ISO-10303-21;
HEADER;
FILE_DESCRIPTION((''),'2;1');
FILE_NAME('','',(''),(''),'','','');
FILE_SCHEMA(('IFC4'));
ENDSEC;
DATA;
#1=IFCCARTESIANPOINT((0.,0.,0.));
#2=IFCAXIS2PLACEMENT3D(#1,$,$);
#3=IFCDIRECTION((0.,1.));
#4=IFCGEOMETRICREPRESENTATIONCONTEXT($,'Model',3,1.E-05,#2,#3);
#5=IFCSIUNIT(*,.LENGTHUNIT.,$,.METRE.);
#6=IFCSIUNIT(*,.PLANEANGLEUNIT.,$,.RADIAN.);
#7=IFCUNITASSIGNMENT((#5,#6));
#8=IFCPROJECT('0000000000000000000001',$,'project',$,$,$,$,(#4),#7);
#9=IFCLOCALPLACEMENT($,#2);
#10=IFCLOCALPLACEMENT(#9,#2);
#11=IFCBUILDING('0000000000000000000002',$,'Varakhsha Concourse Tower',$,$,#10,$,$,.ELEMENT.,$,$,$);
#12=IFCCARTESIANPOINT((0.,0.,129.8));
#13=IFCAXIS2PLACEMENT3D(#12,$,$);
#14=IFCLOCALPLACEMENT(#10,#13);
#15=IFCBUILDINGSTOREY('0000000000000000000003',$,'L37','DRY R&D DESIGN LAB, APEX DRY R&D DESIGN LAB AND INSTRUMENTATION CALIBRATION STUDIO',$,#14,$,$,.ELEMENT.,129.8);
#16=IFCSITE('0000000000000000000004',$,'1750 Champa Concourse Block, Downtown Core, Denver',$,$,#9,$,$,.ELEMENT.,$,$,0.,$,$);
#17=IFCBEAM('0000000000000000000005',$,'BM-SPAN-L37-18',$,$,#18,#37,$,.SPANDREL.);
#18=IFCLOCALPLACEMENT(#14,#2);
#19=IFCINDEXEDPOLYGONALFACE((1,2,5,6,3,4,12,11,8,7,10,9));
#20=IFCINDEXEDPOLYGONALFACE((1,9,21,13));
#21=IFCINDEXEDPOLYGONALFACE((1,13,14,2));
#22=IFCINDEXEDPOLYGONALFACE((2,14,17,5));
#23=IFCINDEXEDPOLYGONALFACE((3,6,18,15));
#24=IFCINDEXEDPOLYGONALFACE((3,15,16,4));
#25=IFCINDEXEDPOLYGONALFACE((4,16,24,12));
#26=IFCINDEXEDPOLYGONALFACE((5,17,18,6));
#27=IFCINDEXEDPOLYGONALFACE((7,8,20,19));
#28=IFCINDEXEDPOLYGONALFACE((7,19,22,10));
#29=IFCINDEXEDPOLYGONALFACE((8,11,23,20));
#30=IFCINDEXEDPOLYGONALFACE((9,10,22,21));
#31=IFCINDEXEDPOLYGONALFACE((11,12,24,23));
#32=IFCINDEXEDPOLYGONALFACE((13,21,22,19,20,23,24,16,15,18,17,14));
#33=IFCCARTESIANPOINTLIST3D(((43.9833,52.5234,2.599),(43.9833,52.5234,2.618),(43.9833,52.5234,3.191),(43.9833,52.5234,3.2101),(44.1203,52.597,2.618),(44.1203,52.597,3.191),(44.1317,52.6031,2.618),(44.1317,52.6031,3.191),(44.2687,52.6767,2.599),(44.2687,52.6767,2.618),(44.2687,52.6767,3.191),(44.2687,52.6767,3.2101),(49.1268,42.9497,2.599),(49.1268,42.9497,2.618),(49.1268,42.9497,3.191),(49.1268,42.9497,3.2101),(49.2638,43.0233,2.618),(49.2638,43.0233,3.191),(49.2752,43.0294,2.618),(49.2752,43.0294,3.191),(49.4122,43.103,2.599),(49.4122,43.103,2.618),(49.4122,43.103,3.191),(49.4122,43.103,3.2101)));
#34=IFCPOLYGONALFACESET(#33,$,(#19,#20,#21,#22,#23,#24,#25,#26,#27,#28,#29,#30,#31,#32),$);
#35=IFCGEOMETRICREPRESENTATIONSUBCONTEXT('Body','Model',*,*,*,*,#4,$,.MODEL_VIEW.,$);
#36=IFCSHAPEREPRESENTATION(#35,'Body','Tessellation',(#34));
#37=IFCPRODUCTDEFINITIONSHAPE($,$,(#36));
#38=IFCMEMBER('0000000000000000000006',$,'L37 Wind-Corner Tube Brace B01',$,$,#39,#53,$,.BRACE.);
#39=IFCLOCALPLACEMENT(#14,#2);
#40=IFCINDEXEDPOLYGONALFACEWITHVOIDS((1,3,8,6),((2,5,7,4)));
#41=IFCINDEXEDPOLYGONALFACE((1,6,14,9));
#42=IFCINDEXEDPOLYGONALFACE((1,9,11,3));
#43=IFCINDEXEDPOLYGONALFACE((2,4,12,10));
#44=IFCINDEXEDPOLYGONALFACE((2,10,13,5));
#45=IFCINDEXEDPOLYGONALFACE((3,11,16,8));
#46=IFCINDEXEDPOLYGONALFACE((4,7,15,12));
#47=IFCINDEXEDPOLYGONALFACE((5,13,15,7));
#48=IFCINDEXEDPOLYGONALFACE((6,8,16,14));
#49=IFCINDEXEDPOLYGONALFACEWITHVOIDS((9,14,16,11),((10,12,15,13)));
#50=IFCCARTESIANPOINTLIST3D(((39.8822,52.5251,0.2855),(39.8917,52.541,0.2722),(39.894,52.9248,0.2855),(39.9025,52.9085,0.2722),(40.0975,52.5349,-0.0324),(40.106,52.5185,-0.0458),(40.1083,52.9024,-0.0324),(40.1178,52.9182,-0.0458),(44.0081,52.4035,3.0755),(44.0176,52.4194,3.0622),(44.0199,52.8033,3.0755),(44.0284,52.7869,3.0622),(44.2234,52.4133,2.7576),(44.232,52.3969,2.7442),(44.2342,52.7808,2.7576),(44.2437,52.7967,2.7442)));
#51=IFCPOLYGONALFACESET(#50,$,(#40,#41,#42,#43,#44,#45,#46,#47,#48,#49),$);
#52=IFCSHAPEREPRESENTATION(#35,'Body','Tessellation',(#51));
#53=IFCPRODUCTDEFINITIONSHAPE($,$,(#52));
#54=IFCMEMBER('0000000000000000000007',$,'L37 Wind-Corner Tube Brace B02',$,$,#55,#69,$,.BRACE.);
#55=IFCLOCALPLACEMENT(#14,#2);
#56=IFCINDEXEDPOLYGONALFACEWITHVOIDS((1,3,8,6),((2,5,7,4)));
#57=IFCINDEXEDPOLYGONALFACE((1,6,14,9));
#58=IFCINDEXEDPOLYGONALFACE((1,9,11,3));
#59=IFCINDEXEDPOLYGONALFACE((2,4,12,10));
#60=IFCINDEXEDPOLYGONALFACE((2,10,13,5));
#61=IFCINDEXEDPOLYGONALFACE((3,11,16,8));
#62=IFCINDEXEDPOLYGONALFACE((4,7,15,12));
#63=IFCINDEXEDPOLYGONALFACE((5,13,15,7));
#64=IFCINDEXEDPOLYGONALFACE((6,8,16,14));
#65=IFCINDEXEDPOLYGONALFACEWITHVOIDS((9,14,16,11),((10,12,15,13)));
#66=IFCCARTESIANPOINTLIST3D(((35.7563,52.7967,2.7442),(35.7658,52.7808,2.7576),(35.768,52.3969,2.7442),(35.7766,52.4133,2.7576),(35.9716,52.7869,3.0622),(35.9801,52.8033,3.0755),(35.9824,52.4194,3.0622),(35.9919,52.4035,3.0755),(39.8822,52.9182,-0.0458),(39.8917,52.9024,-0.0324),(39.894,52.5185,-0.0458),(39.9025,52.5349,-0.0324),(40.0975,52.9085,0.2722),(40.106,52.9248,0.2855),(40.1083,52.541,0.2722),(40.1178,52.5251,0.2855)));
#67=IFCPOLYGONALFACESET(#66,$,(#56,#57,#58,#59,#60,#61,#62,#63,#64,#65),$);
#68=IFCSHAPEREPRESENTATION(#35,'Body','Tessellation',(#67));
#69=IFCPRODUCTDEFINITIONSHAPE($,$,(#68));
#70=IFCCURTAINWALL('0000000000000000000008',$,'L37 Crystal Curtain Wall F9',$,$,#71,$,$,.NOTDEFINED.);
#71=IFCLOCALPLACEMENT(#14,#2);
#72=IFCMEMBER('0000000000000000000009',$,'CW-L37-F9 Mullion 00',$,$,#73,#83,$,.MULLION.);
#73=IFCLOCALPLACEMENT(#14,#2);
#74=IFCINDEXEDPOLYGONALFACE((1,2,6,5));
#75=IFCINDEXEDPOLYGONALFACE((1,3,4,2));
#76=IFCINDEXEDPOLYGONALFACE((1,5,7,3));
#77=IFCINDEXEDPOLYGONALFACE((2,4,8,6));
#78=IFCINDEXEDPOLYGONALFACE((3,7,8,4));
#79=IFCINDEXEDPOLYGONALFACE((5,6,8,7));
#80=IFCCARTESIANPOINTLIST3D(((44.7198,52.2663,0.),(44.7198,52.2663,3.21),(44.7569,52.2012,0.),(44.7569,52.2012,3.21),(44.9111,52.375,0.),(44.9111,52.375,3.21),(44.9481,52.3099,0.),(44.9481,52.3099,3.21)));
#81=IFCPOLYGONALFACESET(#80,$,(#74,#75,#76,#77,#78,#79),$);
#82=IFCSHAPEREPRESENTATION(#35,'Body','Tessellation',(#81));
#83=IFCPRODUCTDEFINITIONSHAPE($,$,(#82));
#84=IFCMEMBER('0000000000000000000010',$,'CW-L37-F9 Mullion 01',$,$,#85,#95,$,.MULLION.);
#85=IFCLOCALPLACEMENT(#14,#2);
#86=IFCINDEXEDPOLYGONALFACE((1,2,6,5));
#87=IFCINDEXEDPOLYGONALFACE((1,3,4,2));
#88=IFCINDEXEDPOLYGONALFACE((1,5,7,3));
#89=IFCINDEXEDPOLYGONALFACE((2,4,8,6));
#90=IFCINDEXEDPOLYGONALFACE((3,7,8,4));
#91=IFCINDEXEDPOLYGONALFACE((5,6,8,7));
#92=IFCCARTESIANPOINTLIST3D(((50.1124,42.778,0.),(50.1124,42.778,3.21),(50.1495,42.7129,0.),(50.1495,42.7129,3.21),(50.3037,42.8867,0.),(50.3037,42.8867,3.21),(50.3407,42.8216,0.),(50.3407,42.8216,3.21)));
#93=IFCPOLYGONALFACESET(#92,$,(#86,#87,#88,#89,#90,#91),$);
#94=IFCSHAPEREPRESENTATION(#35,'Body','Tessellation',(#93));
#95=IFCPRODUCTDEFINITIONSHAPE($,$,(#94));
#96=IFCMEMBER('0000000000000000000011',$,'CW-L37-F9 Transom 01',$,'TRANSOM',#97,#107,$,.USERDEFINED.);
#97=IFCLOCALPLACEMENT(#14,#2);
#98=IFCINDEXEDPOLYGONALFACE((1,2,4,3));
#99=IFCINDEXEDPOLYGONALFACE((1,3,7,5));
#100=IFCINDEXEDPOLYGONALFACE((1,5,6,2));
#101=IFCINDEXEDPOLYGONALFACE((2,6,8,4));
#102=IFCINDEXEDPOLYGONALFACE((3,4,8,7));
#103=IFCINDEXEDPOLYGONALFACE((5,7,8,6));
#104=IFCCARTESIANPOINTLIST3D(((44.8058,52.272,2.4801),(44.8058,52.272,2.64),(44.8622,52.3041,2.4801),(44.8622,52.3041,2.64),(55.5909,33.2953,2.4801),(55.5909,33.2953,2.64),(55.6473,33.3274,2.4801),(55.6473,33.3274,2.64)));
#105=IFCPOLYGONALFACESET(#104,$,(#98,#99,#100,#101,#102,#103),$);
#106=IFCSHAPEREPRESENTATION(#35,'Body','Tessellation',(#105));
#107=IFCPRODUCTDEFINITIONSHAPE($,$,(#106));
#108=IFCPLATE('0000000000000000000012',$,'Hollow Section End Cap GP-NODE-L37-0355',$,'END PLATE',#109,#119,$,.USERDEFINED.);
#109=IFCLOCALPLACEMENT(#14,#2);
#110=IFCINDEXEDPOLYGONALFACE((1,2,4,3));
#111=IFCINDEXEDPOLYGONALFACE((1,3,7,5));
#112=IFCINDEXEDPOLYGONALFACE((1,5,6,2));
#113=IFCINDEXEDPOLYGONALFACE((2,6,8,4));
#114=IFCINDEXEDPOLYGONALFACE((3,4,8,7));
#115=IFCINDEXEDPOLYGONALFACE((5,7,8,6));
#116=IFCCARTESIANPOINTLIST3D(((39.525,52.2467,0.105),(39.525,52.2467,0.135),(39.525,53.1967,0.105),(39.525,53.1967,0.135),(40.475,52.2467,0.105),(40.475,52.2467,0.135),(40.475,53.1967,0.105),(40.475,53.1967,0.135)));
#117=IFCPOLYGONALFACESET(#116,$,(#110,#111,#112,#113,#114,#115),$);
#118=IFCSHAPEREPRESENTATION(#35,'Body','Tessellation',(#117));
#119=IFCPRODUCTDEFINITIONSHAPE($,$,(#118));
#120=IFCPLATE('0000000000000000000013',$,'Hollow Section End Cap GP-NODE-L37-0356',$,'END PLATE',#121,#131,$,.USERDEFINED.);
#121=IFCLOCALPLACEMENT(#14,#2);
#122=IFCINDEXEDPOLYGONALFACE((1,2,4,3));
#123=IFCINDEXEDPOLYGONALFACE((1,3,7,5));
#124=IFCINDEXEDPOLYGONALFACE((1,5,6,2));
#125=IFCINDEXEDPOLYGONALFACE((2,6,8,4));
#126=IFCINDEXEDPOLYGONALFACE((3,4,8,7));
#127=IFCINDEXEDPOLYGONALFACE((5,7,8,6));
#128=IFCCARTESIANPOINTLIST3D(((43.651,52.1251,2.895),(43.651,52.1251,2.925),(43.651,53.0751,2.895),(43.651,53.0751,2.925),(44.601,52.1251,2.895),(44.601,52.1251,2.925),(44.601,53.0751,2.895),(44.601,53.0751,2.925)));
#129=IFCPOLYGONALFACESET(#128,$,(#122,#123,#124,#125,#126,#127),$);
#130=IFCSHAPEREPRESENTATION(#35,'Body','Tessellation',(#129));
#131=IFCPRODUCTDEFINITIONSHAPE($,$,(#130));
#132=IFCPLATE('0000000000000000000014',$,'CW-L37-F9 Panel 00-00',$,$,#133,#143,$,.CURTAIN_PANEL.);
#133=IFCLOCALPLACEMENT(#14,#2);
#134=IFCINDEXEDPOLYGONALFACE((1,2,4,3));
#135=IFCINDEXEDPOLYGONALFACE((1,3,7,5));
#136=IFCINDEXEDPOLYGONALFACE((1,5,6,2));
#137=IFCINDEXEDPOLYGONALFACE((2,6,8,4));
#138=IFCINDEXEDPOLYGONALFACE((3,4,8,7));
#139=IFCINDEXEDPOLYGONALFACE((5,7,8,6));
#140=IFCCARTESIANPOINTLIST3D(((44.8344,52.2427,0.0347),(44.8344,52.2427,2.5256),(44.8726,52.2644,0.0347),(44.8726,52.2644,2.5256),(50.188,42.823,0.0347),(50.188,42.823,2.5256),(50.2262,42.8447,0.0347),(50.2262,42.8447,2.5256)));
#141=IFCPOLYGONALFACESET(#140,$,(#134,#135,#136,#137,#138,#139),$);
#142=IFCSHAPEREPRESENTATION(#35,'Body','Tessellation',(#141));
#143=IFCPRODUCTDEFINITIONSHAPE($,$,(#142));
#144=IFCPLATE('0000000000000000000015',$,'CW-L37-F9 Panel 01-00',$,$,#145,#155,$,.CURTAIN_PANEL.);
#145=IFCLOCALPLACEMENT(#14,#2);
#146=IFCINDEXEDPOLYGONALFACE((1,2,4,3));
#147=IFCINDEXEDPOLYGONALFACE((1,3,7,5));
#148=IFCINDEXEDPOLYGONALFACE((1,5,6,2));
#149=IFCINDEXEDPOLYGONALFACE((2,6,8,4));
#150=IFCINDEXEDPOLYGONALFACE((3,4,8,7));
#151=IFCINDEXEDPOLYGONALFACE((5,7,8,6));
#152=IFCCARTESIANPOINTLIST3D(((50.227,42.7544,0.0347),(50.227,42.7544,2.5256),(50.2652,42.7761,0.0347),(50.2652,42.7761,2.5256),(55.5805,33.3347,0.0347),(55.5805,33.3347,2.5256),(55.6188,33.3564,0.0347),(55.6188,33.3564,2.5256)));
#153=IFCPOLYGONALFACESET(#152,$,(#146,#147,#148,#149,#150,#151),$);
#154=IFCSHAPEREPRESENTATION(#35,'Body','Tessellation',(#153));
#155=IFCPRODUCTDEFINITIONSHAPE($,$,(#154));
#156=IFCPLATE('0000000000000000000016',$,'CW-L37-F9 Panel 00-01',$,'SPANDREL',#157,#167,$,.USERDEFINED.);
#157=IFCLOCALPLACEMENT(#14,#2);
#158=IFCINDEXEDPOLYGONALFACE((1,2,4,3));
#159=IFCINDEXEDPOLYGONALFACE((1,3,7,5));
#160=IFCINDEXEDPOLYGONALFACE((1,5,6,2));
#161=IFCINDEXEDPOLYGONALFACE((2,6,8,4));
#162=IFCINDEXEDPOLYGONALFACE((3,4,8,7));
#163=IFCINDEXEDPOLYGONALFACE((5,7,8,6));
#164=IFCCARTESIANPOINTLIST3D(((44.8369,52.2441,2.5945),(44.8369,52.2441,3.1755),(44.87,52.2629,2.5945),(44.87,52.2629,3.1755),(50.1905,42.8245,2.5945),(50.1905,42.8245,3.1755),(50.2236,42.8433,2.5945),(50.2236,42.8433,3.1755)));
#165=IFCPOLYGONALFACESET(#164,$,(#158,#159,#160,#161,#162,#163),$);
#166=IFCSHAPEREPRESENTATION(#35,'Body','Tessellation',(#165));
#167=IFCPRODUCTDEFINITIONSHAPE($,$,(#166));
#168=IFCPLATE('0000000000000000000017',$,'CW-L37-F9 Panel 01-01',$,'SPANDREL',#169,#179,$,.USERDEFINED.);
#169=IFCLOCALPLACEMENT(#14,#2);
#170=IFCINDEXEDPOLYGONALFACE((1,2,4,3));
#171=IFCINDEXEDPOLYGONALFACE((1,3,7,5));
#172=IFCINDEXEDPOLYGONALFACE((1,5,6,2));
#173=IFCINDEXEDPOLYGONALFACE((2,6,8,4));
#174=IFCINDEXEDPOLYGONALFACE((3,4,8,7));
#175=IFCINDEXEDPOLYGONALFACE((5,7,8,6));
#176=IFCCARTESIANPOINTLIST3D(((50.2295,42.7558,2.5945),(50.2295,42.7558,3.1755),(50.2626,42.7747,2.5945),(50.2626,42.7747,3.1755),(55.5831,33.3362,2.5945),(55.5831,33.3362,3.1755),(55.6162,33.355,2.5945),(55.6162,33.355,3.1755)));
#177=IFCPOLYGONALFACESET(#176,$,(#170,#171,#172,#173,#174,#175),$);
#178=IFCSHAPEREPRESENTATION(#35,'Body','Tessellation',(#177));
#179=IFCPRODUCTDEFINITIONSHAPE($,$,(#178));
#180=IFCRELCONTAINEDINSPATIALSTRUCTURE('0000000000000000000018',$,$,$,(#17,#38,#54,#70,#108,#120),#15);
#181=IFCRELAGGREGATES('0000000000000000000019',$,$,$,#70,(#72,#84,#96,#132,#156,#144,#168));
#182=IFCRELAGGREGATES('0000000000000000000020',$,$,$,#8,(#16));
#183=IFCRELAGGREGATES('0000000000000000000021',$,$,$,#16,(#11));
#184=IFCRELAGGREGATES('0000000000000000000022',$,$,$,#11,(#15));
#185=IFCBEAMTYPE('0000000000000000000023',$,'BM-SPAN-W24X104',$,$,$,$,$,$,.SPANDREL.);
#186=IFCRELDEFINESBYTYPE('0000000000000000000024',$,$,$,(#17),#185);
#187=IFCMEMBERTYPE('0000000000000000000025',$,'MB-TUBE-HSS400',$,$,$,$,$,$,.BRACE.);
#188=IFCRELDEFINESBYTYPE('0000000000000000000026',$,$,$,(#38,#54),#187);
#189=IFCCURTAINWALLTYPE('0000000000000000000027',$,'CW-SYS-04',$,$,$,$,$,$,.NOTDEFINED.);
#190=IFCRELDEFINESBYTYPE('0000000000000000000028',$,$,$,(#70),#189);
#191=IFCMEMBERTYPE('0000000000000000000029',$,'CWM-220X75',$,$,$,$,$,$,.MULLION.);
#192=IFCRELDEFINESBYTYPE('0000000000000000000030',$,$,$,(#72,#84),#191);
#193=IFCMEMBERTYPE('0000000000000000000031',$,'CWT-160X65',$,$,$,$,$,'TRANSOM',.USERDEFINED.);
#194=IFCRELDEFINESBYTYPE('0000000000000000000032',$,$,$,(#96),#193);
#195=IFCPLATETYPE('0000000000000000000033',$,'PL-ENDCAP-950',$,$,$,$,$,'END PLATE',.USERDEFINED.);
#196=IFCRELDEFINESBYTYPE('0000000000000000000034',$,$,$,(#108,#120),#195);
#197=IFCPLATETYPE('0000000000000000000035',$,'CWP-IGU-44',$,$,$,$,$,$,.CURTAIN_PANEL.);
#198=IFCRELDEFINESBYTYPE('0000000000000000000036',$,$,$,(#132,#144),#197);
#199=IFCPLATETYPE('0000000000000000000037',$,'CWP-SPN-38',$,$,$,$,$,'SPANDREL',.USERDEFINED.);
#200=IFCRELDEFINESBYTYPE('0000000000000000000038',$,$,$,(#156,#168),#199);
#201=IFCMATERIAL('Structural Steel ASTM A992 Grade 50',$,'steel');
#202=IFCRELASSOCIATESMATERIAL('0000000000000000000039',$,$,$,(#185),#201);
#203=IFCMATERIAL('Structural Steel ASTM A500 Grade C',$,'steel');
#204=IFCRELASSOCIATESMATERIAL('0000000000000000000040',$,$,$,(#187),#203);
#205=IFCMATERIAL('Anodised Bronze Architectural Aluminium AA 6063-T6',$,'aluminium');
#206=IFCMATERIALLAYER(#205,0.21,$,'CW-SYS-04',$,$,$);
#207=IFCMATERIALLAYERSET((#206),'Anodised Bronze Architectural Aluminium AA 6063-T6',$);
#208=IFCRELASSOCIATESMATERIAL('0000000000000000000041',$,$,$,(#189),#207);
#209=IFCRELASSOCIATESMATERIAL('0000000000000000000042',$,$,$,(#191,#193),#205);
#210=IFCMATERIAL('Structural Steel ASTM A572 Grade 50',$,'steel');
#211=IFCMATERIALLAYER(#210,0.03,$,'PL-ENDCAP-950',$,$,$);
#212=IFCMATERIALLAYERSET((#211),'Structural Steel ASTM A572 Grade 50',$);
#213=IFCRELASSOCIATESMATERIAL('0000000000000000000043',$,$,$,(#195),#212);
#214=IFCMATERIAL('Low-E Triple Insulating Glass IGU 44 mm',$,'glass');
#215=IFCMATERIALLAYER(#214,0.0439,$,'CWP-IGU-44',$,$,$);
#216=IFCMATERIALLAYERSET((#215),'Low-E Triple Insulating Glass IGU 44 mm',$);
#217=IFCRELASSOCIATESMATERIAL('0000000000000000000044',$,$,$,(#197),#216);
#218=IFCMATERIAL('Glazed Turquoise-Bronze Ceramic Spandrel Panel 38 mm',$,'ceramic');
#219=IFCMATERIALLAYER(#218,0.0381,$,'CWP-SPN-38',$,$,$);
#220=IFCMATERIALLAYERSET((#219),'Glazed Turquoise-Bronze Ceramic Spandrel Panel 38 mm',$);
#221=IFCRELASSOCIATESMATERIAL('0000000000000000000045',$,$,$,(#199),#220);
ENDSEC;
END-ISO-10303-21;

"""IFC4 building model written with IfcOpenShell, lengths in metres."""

from ifc_helpers import new_model, si_unit, direction, frame, origin, origin_2d, place, context, subcontext, project, spatial, rectangle, hollow_rectangle, i_section, extrude, source, transform, mapped, material, layer, layer_set, material_profile, profile_set, type_object, type_shapes, element, aggregate, save


model = new_model("IFC4")

# Units and contexts
model_context = context("Model", 3, precision=1e-05, world=origin(), true_north=direction((0.0, 1.0)))
body_context = subcontext(model_context, "Body", "Model", "MODEL_VIEW")
ifc_project = project(units=[si_unit("LENGTHUNIT", "METRE"), si_unit("PLANEANGLEUNIT", "RADIAN")], contexts=[model_context])

# Site, building, storey
site_placement = place(None, origin())
site = spatial("IfcSite", under=ifc_project, at=site_placement, Name="1750 Champa Concourse Block, Downtown Core, Denver", CompositionType="ELEMENT", RefElevation=0.0)
building_placement = place(site_placement, origin())
building = spatial("IfcBuilding", under=site, at=building_placement, Name="Varakhsha Concourse Tower", CompositionType="ELEMENT")
storey_placement = place(building_placement, frame((0.0, 0.0, 129.8)))
storey = spatial("IfcBuildingStorey", under=building, at=storey_placement, Name="L37", Description="DRY R&D DESIGN LAB, APEX DRY R&D DESIGN LAB AND INSTRUMENTATION CALIBRATION STUDIO", CompositionType="ELEMENT", Elevation=129.8)

# Shared definitions
ifc_material_1 = material(Name="Structural Steel ASTM A992 Grade 50", Category="steel")
ifc_material_2 = material(Name="Structural Steel ASTM A572 Grade 50", Category="steel")

# Beam
ifc_material_profile_1 = material_profile(ifc_material_1, i_section(OverallWidth=0.324, OverallDepth=0.6111, WebThickness=0.0129, FlangeThickness=0.019, at=origin_2d()), Name="W24X104")
ifc_profile_set_1 = profile_set([ifc_material_profile_1], Name="Structural Steel ASTM A992 Grade 50")
beam_type_1 = type_object("IfcBeamType", Name="BM-SPAN-W24X104", PredefinedType="SPANDREL", material=ifc_profile_set_1)
beam_1_placement = place(storey_placement, frame((49.2695, 43.0264, 2.9045), z_axis=(-0.473277, 0.880914, 0.0), x_axis=(-0.880914, -0.473277, 0.0)))
element("IfcBeam", 1, at=beam_1_placement, inside=storey, type_object=beam_type_1, Name="BM-SPAN-L37-18", PredefinedType="SPANDREL", context=body_context, shape_type="SweptSolid", body=[
    extrude(i_section(OverallWidth=0.324, OverallDepth=0.6111, WebThickness=0.0129, FlangeThickness=0.019, at=origin_2d()), origin(), (0.0, 0.0, 1.0), 10.8679),
])

# Members
ifc_material_3 = material(Name="Structural Steel ASTM A500 Grade C", Category="steel")
ifc_material_profile_2 = material_profile(ifc_material_3, hollow_rectangle(XDim=0.3999, YDim=0.3999, WallThickness=0.0161, at=origin_2d()), Name="HSS 400x400x16")
ifc_profile_set_2 = profile_set([ifc_material_profile_2], Name="Structural Steel ASTM A500 Grade C")
member_type_1 = type_object("IfcMemberType", Name="MB-TUBE-HSS400", PredefinedType="BRACE", material=ifc_profile_set_2)
shared_shape_1 = source(origin(), body_context, "Body", "SweptSolid", [
    extrude(hollow_rectangle(XDim=0.3999, YDim=0.3999, WallThickness=0.0161, at=origin_2d()), origin(), (0.0, 0.0, 1.0), 4.9822),
])
type_shapes(member_type_1, [shared_shape_1])
for number, where, z_axis, x_axis, name in (
    (2, (40.0, 52.7217, 0.1199), (0.828136, -0.024403, 0.559996), (0.029455, 0.999566, 0.0), "L37 Wind-Corner Tube Brace B01"),
    (3, (40.0, 52.7217, 0.1199), (-0.828136, -0.024403, 0.559996), (0.029455, -0.999566, 0.0), "L37 Wind-Corner Tube Brace B02"),
):
    element("IfcMember", number, at=place(storey_placement, frame(where, z_axis=z_axis, x_axis=x_axis)), inside=storey, type_object=member_type_1, Name=name, PredefinedType="BRACE", context=body_context, shape_type="MappedRepresentation", body=[
        mapped(shared_shape_1, transform((0.0, 0.0, 0.0), scale=1.0)),
    ])

# Curtain wall, members
ifc_material_4 = material(Name="Anodised Bronze Architectural Aluminium AA 6063-T6", Category="aluminium")
ifc_layer_1 = layer(ifc_material_4, 0.21, Name="CW-SYS-04")
ifc_layer_set_1 = layer_set([ifc_layer_1], Name="Anodised Bronze Architectural Aluminium AA 6063-T6")
curtain_wall_type = type_object("IfcCurtainWallType", Name="CW-SYS-04", PredefinedType="NOTDEFINED", material=ifc_layer_set_1)
curtain_wall_placement = place(storey_placement, origin())
curtain_wall = element("IfcCurtainWall", 4, at=curtain_wall_placement, inside=storey, type_object=curtain_wall_type, Name="L37 Crystal Curtain Wall F9", PredefinedType="NOTDEFINED")
ifc_material_profile_3 = material_profile(ifc_material_4, rectangle(XDim=0.075, YDim=0.22, at=origin_2d()), Name="CWM-220X75")
ifc_profile_set_3 = profile_set([ifc_material_profile_3], Name="Anodised Bronze Architectural Aluminium AA 6063-T6")
member_type_2 = type_object("IfcMemberType", Name="CWM-220X75", PredefinedType="MULLION", material=ifc_profile_set_3)
shared_shape_2 = source(origin(), body_context, "Body", "SweptSolid", [
    extrude(rectangle(XDim=0.075, YDim=0.22, at=origin_2d()), origin(), (0.0, 0.0, 1.0), 3.21),
])
type_shapes(member_type_2, [shared_shape_2])
member_1_placement = place(storey_placement, frame((44.834, 52.2881, 0.0), z_axis=(0.0, 0.0, 1.0), x_axis=(0.494115, -0.869397, 0.0)))
member_1 = element("IfcMember", 5, at=member_1_placement, type_object=member_type_2, Name="CW-L37-F9 Mullion 00", PredefinedType="MULLION", context=body_context, shape_type="MappedRepresentation", body=[
    mapped(shared_shape_2, transform((0.0, 0.0, 0.0), scale=1.0)),
])
member_2_placement = place(storey_placement, frame((50.2266, 42.7998, 0.0), z_axis=(0.0, 0.0, 1.0), x_axis=(0.494115, -0.869397, 0.0)))
member_2 = element("IfcMember", 6, at=member_2_placement, type_object=member_type_2, Name="CW-L37-F9 Mullion 01", PredefinedType="MULLION", context=body_context, shape_type="MappedRepresentation", body=[
    mapped(shared_shape_2, transform((0.0, 0.0, 0.0), scale=1.0)),
])
ifc_material_profile_4 = material_profile(ifc_material_4, rectangle(XDim=0.0649, YDim=0.1599, at=origin_2d()), Name="CWT-160X65")
ifc_profile_set_4 = profile_set([ifc_material_profile_4], Name="Anodised Bronze Architectural Aluminium AA 6063-T6")
member_type_3 = type_object("IfcMemberType", Name="CWT-160X65", ElementType="TRANSOM", PredefinedType="USERDEFINED", material=ifc_profile_set_4)
shared_shape_3 = source(origin(), body_context, "Body", "SweptSolid", [
    extrude(rectangle(XDim=0.0649, YDim=0.1599, at=origin_2d()), origin(), (0.0, 0.0, 1.0), 21.8274),
])
type_shapes(member_type_3, [shared_shape_3])
member_3_placement = place(storey_placement, frame((44.834, 52.2881, 2.5601), z_axis=(0.494109, -0.8694, 0.0), x_axis=(0.8694, 0.494109, 0.0)))
member_3 = element("IfcMember", 7, at=member_3_placement, type_object=member_type_3, Name="CW-L37-F9 Transom 01", ObjectType="TRANSOM", PredefinedType="USERDEFINED", context=body_context, shape_type="MappedRepresentation", body=[
    mapped(shared_shape_3, transform((0.0, 0.0, 0.0), scale=1.0)),
])

# Plates
ifc_layer_2 = layer(ifc_material_2, 0.03, Name="PL-ENDCAP-950")
ifc_layer_set_2 = layer_set([ifc_layer_2], Name="Structural Steel ASTM A572 Grade 50")
plate_type_1 = type_object("IfcPlateType", Name="PL-ENDCAP-950", ElementType="END PLATE", PredefinedType="USERDEFINED", material=ifc_layer_set_2)
shared_shape_4 = source(origin(), body_context, "Body", "SweptSolid", [
    extrude(rectangle(XDim=0.95, YDim=0.95, at=origin_2d()), origin(), (0.0, 0.0, 1.0), 0.03),
])
type_shapes(plate_type_1, [shared_shape_4])
for number, where, z_axis, x_axis, name in (
    (8, (40.0, 52.7217, 0.105), (0.0, 0.0, 1.0), (1.0, 0.0, 0.0), "Hollow Section End Cap GP-NODE-L37-0355"),
    (9, (44.126, 52.6001, 2.895), (0.0, 0.0, 1.0), (1.0, 0.0, 0.0), "Hollow Section End Cap GP-NODE-L37-0356"),
):
    element("IfcPlate", number, at=place(storey_placement, frame(where, z_axis=z_axis, x_axis=x_axis)), inside=storey, type_object=plate_type_1, Name=name, ObjectType="END PLATE", PredefinedType="USERDEFINED", context=body_context, shape_type="MappedRepresentation", body=[
        mapped(shared_shape_4, transform((0.0, 0.0, 0.0), scale=1.0)),
    ])

# Plates
ifc_material_5 = material(Name="Low-E Triple Insulating Glass IGU 44 mm", Category="glass")
ifc_layer_3 = layer(ifc_material_5, 0.0439, Name="CWP-IGU-44")
ifc_layer_set_3 = layer_set([ifc_layer_3], Name="Low-E Triple Insulating Glass IGU 44 mm")
plate_type_2 = type_object("IfcPlateType", Name="CWP-IGU-44", PredefinedType="CURTAIN_PANEL", material=ifc_layer_set_3)
shared_shape_5 = source(origin(), body_context, "Body", "SweptSolid", [
    extrude(rectangle(XDim=10.8347, YDim=0.0439, at=origin_2d()), origin(), (0.0, 0.0, 1.0), 2.491),
])
type_shapes(plate_type_2, [shared_shape_5])
plate_1_placement = place(storey_placement, frame((47.5303, 47.5437, 0.0347), z_axis=(0.0, 0.0, 1.0), x_axis=(0.494115, -0.869397, 0.0)))
plate_1 = element("IfcPlate", 10, at=plate_1_placement, type_object=plate_type_2, Name="CW-L37-F9 Panel 00-00", PredefinedType="CURTAIN_PANEL", context=body_context, shape_type="MappedRepresentation", body=[
    mapped(shared_shape_5, transform((0.0, 0.0, 0.0), scale=1.0)),
])
plate_2_placement = place(storey_placement, frame((52.9229, 38.0554, 0.0347), z_axis=(0.0, 0.0, 1.0), x_axis=(0.494115, -0.869397, 0.0)))
plate_2 = element("IfcPlate", 11, at=plate_2_placement, type_object=plate_type_2, Name="CW-L37-F9 Panel 01-00", PredefinedType="CURTAIN_PANEL", context=body_context, shape_type="MappedRepresentation", body=[
    mapped(shared_shape_5, transform((0.0, 0.0, 0.0), scale=1.0)),
])
ifc_material_6 = material(Name="Glazed Turquoise-Bronze Ceramic Spandrel Panel 38 mm", Category="ceramic")
ifc_layer_4 = layer(ifc_material_6, 0.0381, Name="CWP-SPN-38")
ifc_layer_set_4 = layer_set([ifc_layer_4], Name="Glazed Turquoise-Bronze Ceramic Spandrel Panel 38 mm")
plate_type_3 = type_object("IfcPlateType", Name="CWP-SPN-38", ElementType="SPANDREL", PredefinedType="USERDEFINED", material=ifc_layer_set_4)
shared_shape_6 = source(origin(), body_context, "Body", "SweptSolid", [
    extrude(rectangle(XDim=10.8347, YDim=0.0381, at=origin_2d()), origin(), (0.0, 0.0, 1.0), 0.5811),
])
type_shapes(plate_type_3, [shared_shape_6])
plate_3_placement = place(storey_placement, frame((47.5303, 47.5437, 2.5945), z_axis=(0.0, 0.0, 1.0), x_axis=(0.494115, -0.869397, 0.0)))
plate_3 = element("IfcPlate", 12, at=plate_3_placement, type_object=plate_type_3, Name="CW-L37-F9 Panel 00-01", ObjectType="SPANDREL", PredefinedType="USERDEFINED", context=body_context, shape_type="MappedRepresentation", body=[
    mapped(shared_shape_6, transform((0.0, 0.0, 0.0), scale=1.0)),
])
plate_4_placement = place(storey_placement, frame((52.9229, 38.0554, 2.5945), z_axis=(0.0, 0.0, 1.0), x_axis=(0.494115, -0.869397, 0.0)))
plate_4 = element("IfcPlate", 13, at=plate_4_placement, type_object=plate_type_3, Name="CW-L37-F9 Panel 01-01", ObjectType="SPANDREL", PredefinedType="USERDEFINED", context=body_context, shape_type="MappedRepresentation", body=[
    mapped(shared_shape_6, transform((0.0, 0.0, 0.0), scale=1.0)),
])
aggregate(curtain_wall, [member_1, member_2, member_3, plate_1, plate_3, plate_2, plate_4])

save(model, "model.ifc")
